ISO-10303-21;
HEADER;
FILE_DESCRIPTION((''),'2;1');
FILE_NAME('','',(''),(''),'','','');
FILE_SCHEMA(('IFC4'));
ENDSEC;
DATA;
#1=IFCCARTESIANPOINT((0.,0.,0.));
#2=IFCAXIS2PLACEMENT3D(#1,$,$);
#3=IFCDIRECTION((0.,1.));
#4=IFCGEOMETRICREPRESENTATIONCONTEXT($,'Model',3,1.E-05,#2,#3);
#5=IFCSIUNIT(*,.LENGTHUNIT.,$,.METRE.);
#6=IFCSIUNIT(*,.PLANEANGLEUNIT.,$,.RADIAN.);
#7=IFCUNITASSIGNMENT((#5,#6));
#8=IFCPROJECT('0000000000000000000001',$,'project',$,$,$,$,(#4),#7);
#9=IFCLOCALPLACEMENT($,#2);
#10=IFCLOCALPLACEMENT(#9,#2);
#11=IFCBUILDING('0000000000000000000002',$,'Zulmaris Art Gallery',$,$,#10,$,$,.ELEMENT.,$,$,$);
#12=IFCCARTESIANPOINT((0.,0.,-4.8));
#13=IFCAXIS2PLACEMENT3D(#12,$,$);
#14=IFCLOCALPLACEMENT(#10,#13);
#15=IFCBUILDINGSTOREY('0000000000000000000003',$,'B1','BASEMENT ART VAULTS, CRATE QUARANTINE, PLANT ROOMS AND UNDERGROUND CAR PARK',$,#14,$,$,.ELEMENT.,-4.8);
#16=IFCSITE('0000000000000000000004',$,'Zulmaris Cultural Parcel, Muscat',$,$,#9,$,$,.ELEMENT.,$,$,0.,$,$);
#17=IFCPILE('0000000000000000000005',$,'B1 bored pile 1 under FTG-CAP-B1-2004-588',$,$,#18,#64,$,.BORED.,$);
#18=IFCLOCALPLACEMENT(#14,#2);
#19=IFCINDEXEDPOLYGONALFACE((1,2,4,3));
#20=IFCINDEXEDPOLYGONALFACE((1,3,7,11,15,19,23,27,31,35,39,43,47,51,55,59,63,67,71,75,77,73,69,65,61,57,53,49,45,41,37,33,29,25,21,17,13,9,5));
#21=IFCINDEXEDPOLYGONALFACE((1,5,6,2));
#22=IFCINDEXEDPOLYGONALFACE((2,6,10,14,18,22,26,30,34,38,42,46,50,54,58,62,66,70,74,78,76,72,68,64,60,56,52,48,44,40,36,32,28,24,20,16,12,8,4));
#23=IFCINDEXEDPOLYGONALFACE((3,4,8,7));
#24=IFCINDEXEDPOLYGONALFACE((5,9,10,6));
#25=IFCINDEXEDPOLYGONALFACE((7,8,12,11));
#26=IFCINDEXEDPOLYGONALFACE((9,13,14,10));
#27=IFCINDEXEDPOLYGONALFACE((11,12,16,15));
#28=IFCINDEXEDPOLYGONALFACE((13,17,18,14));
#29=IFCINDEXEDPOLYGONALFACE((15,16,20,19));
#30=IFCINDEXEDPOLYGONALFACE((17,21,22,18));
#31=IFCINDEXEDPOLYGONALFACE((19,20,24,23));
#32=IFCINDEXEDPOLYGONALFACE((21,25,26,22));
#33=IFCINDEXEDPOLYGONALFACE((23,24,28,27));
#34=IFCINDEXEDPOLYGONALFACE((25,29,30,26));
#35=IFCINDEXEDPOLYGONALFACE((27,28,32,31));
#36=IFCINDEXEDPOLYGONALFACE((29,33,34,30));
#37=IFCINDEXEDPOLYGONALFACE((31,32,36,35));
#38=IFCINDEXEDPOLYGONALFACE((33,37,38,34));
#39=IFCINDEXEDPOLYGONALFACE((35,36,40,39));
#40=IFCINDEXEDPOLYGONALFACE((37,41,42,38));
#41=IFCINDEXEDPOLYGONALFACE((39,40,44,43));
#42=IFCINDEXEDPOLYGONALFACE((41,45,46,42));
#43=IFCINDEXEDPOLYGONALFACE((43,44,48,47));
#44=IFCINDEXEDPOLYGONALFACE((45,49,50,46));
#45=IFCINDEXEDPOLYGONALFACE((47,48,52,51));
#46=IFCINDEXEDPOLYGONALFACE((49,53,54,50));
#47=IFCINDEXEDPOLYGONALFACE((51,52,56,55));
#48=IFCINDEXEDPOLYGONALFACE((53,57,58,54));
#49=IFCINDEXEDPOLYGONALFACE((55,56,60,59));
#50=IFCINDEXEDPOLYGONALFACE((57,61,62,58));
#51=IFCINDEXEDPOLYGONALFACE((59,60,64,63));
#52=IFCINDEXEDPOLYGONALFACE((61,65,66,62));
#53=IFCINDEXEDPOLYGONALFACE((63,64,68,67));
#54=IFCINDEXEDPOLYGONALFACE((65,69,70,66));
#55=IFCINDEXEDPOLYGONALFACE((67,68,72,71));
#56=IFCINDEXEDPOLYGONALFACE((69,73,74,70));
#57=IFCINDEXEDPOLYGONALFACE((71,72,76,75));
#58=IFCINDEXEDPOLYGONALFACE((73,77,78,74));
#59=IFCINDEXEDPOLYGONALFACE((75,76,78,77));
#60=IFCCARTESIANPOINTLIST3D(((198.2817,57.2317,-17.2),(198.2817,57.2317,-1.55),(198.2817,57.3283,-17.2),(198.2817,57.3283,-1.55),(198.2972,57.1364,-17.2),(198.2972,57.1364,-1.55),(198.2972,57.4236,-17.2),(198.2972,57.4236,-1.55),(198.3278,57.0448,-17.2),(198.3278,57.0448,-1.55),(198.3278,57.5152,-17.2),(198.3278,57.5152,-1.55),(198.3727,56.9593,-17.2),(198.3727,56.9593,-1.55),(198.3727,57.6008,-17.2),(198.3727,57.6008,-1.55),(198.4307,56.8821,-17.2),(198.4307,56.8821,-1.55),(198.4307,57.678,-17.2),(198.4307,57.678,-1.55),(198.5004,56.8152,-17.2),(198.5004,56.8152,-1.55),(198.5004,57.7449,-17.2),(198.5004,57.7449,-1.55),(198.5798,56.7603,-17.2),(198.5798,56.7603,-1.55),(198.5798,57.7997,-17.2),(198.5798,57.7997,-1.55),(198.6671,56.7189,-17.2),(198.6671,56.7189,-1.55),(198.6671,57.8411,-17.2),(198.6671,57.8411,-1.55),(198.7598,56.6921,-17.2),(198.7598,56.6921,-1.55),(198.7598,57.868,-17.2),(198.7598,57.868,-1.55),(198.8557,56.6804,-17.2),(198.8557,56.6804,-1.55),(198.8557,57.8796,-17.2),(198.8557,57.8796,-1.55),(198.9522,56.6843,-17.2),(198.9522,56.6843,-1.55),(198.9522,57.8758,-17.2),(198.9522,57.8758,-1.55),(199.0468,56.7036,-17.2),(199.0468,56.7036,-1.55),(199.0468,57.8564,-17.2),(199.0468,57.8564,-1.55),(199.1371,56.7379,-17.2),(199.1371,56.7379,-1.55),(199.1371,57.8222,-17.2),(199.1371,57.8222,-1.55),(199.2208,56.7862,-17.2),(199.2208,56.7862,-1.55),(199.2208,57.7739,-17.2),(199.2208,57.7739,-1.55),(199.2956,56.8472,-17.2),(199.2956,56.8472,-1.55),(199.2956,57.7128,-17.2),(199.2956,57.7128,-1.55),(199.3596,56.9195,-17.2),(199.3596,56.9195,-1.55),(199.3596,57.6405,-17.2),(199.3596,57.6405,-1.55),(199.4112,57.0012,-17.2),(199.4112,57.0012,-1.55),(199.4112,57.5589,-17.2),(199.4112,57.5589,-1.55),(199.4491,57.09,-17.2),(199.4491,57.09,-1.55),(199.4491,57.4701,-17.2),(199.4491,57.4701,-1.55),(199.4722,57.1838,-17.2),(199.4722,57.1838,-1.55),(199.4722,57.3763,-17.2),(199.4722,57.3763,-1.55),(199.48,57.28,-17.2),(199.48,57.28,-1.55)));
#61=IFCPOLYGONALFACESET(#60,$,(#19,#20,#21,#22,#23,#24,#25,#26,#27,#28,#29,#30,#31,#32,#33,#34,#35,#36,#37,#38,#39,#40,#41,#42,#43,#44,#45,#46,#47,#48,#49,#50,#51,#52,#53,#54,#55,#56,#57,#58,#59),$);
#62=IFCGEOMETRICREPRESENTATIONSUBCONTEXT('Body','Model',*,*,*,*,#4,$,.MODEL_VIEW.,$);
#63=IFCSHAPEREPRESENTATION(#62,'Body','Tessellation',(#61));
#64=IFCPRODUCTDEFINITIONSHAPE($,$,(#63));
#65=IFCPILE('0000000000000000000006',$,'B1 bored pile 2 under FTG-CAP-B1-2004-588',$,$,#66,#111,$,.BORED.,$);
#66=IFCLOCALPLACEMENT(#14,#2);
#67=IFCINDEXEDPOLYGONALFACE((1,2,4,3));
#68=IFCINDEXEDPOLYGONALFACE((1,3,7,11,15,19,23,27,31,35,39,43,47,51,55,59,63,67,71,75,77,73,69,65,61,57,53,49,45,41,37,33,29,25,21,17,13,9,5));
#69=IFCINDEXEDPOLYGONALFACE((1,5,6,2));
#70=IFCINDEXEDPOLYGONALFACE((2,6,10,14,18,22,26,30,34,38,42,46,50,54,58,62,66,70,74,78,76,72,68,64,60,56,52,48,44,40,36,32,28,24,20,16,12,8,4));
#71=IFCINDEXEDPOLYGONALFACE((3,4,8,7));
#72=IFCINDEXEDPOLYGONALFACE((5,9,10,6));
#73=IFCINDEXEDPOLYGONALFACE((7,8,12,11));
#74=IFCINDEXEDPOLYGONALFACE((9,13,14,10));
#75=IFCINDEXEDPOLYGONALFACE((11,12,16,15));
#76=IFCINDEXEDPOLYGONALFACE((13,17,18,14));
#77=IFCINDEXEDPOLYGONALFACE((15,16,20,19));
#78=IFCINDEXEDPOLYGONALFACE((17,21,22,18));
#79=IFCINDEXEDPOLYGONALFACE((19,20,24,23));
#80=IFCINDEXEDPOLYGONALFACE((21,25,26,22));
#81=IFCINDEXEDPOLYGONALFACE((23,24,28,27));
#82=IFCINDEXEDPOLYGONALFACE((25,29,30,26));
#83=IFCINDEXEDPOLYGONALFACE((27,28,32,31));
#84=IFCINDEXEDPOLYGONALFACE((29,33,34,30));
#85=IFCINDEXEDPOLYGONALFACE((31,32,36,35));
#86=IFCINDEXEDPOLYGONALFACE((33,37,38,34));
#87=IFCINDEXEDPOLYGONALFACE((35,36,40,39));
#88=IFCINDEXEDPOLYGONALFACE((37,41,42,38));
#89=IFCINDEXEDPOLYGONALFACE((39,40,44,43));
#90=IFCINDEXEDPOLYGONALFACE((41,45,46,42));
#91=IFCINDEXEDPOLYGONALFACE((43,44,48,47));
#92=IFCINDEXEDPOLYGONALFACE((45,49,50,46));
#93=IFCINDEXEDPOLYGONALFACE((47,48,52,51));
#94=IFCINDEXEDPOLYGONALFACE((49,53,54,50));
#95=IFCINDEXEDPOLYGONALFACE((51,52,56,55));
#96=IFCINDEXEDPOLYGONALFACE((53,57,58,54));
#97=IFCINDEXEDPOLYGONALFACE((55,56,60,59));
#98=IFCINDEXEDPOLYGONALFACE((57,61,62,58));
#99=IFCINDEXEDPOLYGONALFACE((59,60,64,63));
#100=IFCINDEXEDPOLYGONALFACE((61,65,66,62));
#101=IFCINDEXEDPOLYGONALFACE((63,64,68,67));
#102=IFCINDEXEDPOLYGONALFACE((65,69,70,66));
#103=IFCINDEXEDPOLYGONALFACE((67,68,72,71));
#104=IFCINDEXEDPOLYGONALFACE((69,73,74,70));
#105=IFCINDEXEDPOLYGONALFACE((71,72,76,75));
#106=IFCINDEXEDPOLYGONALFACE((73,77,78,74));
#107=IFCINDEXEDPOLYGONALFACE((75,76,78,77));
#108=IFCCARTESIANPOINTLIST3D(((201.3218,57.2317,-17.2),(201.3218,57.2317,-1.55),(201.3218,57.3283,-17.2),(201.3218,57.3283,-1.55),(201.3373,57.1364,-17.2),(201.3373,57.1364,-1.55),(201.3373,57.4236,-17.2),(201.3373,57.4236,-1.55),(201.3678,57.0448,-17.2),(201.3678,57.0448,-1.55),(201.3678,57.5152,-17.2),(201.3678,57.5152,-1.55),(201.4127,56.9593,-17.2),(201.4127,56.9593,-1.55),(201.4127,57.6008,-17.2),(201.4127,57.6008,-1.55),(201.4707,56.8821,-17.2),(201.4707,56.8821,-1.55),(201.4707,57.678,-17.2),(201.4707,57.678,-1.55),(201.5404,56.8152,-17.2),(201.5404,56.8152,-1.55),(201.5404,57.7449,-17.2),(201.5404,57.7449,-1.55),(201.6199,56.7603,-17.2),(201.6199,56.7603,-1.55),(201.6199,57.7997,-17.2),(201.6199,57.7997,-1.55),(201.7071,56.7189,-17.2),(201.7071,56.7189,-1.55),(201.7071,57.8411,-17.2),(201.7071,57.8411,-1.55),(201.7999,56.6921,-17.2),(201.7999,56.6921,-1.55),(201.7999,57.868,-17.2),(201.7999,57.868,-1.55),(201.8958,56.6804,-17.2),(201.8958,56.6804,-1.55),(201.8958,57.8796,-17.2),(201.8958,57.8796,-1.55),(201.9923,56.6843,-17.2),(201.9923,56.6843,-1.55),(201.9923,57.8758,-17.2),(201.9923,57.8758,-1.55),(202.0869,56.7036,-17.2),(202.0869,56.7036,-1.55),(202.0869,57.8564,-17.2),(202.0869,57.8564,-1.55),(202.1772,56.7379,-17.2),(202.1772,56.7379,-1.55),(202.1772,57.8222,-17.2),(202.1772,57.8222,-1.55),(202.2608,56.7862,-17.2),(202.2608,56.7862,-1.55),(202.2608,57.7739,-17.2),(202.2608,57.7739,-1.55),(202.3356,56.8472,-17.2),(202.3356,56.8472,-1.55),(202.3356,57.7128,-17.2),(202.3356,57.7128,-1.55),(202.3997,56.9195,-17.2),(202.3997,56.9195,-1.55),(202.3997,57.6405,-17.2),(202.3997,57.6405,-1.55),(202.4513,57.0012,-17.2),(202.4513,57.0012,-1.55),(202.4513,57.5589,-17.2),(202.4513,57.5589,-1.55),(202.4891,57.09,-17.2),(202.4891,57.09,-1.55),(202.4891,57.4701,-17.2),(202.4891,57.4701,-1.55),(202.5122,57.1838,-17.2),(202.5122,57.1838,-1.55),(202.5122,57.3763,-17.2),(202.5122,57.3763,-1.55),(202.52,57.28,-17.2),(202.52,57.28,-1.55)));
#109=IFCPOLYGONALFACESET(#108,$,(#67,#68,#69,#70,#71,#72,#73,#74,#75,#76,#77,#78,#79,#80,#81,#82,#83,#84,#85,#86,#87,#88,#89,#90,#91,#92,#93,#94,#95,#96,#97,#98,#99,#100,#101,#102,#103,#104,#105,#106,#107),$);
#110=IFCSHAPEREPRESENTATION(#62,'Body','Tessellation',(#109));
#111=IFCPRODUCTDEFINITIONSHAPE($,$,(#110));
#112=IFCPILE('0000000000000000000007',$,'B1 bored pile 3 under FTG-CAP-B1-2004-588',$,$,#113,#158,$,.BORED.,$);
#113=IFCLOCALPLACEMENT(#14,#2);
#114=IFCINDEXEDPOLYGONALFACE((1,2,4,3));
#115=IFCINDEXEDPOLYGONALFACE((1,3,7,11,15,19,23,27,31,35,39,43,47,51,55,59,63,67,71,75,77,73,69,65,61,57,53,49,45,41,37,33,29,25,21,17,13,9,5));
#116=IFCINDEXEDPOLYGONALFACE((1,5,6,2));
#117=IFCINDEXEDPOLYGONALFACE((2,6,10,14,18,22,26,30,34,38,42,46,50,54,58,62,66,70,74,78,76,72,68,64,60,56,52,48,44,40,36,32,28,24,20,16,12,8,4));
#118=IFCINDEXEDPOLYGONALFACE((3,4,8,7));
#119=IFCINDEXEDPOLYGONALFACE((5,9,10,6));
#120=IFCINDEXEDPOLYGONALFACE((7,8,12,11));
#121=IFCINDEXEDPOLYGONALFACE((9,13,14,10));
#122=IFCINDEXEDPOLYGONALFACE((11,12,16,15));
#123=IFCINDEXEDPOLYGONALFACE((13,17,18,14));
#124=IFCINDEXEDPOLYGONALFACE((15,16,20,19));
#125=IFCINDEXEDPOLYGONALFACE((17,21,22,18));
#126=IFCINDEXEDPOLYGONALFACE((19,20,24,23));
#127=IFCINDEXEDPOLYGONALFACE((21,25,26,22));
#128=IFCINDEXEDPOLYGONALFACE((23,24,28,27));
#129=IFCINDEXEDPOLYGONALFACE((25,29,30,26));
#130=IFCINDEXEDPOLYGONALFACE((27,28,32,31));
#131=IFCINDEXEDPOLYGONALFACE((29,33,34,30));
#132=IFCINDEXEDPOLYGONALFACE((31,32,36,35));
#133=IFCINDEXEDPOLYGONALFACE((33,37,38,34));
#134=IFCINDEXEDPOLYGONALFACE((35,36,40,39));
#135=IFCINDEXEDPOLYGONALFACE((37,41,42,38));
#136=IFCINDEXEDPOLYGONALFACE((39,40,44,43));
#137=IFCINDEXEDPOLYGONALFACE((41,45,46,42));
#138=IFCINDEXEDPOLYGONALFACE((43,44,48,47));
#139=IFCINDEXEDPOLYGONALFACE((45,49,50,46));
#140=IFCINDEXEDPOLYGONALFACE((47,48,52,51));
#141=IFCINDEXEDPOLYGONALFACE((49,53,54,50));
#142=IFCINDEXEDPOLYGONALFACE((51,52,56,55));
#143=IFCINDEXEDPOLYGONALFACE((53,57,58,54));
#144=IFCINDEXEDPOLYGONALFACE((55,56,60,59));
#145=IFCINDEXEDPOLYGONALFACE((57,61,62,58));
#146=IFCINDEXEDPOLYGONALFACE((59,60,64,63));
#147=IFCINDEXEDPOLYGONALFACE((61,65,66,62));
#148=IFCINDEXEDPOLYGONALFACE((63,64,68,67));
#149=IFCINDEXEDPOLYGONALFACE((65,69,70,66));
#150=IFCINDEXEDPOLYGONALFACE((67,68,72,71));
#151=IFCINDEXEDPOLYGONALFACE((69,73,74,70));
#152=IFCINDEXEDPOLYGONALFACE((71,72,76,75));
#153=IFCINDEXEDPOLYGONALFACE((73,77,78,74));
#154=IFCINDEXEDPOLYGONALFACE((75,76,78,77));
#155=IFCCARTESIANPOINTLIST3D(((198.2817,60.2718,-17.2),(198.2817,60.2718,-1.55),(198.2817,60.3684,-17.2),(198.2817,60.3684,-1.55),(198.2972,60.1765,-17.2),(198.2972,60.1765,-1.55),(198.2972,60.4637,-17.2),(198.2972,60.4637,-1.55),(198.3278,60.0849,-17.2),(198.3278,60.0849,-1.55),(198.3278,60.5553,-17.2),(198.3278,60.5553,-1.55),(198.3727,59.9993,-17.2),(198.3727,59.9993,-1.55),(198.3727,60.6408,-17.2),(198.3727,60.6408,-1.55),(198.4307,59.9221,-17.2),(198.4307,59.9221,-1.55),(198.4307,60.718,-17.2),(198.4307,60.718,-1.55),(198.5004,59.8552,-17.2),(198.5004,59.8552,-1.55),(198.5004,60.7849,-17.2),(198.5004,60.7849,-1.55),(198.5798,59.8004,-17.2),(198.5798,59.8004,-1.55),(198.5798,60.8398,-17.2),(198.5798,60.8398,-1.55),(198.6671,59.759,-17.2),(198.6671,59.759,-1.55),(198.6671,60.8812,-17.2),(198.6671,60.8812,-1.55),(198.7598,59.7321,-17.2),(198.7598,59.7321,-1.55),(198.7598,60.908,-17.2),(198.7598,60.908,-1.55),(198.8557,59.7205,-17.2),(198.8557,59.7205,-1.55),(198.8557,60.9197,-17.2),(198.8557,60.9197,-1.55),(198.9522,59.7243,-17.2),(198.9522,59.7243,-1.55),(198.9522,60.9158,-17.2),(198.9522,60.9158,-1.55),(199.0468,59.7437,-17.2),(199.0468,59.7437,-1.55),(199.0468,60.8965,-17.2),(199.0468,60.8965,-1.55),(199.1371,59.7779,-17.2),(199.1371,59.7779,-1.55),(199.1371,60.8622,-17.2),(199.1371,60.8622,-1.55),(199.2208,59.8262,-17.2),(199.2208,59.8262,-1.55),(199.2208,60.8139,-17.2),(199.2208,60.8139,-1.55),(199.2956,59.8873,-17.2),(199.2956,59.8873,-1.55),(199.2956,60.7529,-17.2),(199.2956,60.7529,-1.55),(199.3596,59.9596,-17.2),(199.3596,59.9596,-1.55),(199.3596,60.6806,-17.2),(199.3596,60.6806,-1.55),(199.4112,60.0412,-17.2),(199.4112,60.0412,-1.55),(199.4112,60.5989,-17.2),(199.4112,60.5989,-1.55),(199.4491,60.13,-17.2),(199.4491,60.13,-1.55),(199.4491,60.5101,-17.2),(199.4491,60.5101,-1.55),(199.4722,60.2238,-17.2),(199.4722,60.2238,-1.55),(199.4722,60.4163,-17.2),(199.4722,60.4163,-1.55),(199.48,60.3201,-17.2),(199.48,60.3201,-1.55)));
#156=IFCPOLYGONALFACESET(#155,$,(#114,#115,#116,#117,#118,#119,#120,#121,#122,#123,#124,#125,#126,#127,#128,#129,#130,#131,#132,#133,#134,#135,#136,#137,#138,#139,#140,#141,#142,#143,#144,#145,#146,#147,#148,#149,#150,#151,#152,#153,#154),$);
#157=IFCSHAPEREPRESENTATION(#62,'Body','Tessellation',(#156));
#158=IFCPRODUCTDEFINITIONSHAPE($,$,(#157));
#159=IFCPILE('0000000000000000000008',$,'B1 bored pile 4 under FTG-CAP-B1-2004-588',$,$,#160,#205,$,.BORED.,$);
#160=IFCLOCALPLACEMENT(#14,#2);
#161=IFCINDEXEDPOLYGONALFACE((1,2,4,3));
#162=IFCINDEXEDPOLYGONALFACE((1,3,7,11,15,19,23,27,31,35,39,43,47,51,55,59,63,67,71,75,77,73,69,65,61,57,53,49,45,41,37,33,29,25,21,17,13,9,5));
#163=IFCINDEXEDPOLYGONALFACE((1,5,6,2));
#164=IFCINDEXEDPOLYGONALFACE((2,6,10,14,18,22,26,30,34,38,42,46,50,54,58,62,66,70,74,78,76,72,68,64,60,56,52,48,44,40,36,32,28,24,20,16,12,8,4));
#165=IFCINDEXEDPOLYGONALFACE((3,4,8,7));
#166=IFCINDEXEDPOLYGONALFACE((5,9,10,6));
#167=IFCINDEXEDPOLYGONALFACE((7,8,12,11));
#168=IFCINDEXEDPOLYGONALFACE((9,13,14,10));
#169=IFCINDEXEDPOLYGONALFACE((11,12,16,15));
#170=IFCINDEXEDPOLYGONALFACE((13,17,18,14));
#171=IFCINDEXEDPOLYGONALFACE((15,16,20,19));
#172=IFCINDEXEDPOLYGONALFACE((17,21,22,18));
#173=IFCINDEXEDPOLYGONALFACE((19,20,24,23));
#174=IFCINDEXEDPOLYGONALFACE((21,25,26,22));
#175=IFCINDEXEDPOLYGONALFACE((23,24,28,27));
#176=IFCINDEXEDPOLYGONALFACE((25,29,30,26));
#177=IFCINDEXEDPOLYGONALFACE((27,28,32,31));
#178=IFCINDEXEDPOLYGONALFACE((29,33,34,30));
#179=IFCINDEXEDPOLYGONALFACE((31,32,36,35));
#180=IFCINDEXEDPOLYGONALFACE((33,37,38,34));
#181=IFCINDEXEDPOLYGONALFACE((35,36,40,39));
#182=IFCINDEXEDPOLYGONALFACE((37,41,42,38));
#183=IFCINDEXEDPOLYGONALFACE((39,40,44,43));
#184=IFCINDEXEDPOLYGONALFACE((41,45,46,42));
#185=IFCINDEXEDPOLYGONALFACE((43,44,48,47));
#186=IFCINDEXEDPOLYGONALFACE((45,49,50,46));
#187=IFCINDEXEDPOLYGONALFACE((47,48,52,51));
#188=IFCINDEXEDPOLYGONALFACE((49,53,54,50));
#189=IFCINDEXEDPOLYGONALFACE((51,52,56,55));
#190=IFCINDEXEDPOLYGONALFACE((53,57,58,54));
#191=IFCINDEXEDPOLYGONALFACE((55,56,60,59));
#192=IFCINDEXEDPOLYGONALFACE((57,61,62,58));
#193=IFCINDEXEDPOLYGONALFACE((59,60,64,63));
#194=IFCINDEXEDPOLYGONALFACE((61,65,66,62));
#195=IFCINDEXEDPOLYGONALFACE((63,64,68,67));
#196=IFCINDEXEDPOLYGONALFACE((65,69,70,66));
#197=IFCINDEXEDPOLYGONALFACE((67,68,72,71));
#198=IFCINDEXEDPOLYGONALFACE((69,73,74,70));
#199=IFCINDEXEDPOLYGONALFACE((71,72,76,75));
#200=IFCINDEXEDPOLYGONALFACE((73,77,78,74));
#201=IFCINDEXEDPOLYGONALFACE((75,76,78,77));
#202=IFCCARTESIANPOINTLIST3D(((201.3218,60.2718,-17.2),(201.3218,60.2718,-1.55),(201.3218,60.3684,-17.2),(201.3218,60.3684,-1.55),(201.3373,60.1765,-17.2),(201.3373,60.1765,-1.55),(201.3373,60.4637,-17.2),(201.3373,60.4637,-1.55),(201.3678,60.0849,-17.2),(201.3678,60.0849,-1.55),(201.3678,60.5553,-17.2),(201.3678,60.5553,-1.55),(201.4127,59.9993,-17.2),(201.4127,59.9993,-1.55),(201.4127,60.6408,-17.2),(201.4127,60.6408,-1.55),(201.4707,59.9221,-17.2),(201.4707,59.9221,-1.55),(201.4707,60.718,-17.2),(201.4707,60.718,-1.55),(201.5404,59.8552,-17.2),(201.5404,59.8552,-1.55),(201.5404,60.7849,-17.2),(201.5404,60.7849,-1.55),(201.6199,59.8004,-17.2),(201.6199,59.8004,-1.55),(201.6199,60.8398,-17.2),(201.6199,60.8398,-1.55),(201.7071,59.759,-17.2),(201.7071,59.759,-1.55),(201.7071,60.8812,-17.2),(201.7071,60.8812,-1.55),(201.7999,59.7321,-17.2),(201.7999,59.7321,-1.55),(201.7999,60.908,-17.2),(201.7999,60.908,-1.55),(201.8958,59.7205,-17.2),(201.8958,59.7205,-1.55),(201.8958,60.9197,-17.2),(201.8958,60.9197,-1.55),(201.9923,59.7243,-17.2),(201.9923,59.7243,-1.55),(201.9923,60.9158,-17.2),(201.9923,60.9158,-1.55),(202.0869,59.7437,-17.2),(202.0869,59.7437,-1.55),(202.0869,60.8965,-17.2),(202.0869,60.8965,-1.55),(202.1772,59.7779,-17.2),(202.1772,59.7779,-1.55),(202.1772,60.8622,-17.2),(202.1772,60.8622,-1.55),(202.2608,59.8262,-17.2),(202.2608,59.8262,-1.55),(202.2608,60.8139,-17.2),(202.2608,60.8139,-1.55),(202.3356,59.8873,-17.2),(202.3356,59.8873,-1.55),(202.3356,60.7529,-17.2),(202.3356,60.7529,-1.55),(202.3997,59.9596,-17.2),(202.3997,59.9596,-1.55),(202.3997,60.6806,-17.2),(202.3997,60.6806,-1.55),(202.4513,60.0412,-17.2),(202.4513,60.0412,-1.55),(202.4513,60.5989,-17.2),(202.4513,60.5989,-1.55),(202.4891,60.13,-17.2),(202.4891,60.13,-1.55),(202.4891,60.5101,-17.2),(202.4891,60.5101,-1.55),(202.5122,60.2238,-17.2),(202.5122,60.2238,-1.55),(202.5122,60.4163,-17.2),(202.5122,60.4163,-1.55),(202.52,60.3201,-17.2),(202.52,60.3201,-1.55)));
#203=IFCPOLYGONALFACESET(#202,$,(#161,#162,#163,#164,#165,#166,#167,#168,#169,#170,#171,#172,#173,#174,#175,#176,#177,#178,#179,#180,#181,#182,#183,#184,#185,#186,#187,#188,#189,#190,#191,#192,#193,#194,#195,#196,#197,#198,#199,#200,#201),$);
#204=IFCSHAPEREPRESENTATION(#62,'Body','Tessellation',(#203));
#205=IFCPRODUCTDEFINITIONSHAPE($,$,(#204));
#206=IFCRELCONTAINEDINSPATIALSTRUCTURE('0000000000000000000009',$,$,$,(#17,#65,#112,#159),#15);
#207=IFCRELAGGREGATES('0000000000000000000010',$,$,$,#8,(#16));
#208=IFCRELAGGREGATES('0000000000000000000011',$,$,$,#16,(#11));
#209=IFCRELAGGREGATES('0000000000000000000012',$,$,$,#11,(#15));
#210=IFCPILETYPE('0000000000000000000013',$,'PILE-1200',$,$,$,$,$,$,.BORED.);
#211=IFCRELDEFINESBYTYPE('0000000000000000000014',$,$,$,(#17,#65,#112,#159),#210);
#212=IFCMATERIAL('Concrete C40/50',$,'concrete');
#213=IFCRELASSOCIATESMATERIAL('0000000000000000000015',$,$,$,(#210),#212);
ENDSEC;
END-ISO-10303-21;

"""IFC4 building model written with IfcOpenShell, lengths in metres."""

from ifc_helpers import new_model, si_unit, direction, frame, origin, origin_2d, place, context, subcontext, project, spatial, circle, extrude, material, material_profile, profile_set, type_object, element, save


model = new_model("IFC4")

# Units and contexts
model_context = context("Model", 3, precision=1e-05, world=origin(), true_north=direction((0.0, 1.0)))
body_context = subcontext(model_context, "Body", "Model", "MODEL_VIEW")
ifc_project = project(units=[si_unit("LENGTHUNIT", "METRE"), si_unit("PLANEANGLEUNIT", "RADIAN")], contexts=[model_context])

# Site, building, storey
site_placement = place(None, origin())
site = spatial("IfcSite", under=ifc_project, at=site_placement, Name="Zulmaris Cultural Parcel, Muscat", CompositionType="ELEMENT", RefElevation=0.0)
building_placement = place(site_placement, origin())
building = spatial("IfcBuilding", under=site, at=building_placement, Name="Zulmaris Art Gallery", CompositionType="ELEMENT")
storey_placement = place(building_placement, frame((0.0, 0.0, -4.8)))
storey = spatial("IfcBuildingStorey", under=building, at=storey_placement, Name="B1", Description="BASEMENT ART VAULTS, CRATE QUARANTINE, PLANT ROOMS AND UNDERGROUND CAR PARK", CompositionType="ELEMENT", Elevation=-4.8)

# Piles
ifc_material_1 = material(Name="Concrete C40/50", Category="concrete")
ifc_material_profile_1 = material_profile(ifc_material_1, circle(Radius=0.6001, at=origin_2d()), Name="PILE DIA 1200")
ifc_profile_set_1 = profile_set([ifc_material_profile_1], Name="Concrete C40/50")
pile_type = type_object("IfcPileType", Name="PILE-1200", PredefinedType="BORED", material=ifc_profile_set_1)
for number, where, z_axis, x_axis, name in (
    (1, (198.8799, 57.28, -1.55), (0.0, 0.0, -1.0), (1.0, 0.0, 0.0), "B1 bored pile 1 under FTG-CAP-B1-2004-588"),
    (2, (201.9199, 57.28, -1.55), (0.0, 0.0, -1.0), (1.0, 0.0, 0.0), "B1 bored pile 2 under FTG-CAP-B1-2004-588"),
    (3, (198.8799, 60.3201, -1.55), (0.0, 0.0, -1.0), (1.0, 0.0, 0.0), "B1 bored pile 3 under FTG-CAP-B1-2004-588"),
    (4, (201.9199, 60.3201, -1.55), (0.0, 0.0, -1.0), (1.0, 0.0, 0.0), "B1 bored pile 4 under FTG-CAP-B1-2004-588"),
):
    element("IfcPile", number, at=place(storey_placement, frame(where, z_axis=z_axis, x_axis=x_axis)), inside=storey, type_object=pile_type, Name=name, PredefinedType="BORED", context=body_context, shape_type="SweptSolid", body=[
        extrude(circle(Radius=0.6001, at=origin_2d()), origin(), (0.0, 0.0, 1.0), 15.6499),
    ])

save(model, "model.ifc")
